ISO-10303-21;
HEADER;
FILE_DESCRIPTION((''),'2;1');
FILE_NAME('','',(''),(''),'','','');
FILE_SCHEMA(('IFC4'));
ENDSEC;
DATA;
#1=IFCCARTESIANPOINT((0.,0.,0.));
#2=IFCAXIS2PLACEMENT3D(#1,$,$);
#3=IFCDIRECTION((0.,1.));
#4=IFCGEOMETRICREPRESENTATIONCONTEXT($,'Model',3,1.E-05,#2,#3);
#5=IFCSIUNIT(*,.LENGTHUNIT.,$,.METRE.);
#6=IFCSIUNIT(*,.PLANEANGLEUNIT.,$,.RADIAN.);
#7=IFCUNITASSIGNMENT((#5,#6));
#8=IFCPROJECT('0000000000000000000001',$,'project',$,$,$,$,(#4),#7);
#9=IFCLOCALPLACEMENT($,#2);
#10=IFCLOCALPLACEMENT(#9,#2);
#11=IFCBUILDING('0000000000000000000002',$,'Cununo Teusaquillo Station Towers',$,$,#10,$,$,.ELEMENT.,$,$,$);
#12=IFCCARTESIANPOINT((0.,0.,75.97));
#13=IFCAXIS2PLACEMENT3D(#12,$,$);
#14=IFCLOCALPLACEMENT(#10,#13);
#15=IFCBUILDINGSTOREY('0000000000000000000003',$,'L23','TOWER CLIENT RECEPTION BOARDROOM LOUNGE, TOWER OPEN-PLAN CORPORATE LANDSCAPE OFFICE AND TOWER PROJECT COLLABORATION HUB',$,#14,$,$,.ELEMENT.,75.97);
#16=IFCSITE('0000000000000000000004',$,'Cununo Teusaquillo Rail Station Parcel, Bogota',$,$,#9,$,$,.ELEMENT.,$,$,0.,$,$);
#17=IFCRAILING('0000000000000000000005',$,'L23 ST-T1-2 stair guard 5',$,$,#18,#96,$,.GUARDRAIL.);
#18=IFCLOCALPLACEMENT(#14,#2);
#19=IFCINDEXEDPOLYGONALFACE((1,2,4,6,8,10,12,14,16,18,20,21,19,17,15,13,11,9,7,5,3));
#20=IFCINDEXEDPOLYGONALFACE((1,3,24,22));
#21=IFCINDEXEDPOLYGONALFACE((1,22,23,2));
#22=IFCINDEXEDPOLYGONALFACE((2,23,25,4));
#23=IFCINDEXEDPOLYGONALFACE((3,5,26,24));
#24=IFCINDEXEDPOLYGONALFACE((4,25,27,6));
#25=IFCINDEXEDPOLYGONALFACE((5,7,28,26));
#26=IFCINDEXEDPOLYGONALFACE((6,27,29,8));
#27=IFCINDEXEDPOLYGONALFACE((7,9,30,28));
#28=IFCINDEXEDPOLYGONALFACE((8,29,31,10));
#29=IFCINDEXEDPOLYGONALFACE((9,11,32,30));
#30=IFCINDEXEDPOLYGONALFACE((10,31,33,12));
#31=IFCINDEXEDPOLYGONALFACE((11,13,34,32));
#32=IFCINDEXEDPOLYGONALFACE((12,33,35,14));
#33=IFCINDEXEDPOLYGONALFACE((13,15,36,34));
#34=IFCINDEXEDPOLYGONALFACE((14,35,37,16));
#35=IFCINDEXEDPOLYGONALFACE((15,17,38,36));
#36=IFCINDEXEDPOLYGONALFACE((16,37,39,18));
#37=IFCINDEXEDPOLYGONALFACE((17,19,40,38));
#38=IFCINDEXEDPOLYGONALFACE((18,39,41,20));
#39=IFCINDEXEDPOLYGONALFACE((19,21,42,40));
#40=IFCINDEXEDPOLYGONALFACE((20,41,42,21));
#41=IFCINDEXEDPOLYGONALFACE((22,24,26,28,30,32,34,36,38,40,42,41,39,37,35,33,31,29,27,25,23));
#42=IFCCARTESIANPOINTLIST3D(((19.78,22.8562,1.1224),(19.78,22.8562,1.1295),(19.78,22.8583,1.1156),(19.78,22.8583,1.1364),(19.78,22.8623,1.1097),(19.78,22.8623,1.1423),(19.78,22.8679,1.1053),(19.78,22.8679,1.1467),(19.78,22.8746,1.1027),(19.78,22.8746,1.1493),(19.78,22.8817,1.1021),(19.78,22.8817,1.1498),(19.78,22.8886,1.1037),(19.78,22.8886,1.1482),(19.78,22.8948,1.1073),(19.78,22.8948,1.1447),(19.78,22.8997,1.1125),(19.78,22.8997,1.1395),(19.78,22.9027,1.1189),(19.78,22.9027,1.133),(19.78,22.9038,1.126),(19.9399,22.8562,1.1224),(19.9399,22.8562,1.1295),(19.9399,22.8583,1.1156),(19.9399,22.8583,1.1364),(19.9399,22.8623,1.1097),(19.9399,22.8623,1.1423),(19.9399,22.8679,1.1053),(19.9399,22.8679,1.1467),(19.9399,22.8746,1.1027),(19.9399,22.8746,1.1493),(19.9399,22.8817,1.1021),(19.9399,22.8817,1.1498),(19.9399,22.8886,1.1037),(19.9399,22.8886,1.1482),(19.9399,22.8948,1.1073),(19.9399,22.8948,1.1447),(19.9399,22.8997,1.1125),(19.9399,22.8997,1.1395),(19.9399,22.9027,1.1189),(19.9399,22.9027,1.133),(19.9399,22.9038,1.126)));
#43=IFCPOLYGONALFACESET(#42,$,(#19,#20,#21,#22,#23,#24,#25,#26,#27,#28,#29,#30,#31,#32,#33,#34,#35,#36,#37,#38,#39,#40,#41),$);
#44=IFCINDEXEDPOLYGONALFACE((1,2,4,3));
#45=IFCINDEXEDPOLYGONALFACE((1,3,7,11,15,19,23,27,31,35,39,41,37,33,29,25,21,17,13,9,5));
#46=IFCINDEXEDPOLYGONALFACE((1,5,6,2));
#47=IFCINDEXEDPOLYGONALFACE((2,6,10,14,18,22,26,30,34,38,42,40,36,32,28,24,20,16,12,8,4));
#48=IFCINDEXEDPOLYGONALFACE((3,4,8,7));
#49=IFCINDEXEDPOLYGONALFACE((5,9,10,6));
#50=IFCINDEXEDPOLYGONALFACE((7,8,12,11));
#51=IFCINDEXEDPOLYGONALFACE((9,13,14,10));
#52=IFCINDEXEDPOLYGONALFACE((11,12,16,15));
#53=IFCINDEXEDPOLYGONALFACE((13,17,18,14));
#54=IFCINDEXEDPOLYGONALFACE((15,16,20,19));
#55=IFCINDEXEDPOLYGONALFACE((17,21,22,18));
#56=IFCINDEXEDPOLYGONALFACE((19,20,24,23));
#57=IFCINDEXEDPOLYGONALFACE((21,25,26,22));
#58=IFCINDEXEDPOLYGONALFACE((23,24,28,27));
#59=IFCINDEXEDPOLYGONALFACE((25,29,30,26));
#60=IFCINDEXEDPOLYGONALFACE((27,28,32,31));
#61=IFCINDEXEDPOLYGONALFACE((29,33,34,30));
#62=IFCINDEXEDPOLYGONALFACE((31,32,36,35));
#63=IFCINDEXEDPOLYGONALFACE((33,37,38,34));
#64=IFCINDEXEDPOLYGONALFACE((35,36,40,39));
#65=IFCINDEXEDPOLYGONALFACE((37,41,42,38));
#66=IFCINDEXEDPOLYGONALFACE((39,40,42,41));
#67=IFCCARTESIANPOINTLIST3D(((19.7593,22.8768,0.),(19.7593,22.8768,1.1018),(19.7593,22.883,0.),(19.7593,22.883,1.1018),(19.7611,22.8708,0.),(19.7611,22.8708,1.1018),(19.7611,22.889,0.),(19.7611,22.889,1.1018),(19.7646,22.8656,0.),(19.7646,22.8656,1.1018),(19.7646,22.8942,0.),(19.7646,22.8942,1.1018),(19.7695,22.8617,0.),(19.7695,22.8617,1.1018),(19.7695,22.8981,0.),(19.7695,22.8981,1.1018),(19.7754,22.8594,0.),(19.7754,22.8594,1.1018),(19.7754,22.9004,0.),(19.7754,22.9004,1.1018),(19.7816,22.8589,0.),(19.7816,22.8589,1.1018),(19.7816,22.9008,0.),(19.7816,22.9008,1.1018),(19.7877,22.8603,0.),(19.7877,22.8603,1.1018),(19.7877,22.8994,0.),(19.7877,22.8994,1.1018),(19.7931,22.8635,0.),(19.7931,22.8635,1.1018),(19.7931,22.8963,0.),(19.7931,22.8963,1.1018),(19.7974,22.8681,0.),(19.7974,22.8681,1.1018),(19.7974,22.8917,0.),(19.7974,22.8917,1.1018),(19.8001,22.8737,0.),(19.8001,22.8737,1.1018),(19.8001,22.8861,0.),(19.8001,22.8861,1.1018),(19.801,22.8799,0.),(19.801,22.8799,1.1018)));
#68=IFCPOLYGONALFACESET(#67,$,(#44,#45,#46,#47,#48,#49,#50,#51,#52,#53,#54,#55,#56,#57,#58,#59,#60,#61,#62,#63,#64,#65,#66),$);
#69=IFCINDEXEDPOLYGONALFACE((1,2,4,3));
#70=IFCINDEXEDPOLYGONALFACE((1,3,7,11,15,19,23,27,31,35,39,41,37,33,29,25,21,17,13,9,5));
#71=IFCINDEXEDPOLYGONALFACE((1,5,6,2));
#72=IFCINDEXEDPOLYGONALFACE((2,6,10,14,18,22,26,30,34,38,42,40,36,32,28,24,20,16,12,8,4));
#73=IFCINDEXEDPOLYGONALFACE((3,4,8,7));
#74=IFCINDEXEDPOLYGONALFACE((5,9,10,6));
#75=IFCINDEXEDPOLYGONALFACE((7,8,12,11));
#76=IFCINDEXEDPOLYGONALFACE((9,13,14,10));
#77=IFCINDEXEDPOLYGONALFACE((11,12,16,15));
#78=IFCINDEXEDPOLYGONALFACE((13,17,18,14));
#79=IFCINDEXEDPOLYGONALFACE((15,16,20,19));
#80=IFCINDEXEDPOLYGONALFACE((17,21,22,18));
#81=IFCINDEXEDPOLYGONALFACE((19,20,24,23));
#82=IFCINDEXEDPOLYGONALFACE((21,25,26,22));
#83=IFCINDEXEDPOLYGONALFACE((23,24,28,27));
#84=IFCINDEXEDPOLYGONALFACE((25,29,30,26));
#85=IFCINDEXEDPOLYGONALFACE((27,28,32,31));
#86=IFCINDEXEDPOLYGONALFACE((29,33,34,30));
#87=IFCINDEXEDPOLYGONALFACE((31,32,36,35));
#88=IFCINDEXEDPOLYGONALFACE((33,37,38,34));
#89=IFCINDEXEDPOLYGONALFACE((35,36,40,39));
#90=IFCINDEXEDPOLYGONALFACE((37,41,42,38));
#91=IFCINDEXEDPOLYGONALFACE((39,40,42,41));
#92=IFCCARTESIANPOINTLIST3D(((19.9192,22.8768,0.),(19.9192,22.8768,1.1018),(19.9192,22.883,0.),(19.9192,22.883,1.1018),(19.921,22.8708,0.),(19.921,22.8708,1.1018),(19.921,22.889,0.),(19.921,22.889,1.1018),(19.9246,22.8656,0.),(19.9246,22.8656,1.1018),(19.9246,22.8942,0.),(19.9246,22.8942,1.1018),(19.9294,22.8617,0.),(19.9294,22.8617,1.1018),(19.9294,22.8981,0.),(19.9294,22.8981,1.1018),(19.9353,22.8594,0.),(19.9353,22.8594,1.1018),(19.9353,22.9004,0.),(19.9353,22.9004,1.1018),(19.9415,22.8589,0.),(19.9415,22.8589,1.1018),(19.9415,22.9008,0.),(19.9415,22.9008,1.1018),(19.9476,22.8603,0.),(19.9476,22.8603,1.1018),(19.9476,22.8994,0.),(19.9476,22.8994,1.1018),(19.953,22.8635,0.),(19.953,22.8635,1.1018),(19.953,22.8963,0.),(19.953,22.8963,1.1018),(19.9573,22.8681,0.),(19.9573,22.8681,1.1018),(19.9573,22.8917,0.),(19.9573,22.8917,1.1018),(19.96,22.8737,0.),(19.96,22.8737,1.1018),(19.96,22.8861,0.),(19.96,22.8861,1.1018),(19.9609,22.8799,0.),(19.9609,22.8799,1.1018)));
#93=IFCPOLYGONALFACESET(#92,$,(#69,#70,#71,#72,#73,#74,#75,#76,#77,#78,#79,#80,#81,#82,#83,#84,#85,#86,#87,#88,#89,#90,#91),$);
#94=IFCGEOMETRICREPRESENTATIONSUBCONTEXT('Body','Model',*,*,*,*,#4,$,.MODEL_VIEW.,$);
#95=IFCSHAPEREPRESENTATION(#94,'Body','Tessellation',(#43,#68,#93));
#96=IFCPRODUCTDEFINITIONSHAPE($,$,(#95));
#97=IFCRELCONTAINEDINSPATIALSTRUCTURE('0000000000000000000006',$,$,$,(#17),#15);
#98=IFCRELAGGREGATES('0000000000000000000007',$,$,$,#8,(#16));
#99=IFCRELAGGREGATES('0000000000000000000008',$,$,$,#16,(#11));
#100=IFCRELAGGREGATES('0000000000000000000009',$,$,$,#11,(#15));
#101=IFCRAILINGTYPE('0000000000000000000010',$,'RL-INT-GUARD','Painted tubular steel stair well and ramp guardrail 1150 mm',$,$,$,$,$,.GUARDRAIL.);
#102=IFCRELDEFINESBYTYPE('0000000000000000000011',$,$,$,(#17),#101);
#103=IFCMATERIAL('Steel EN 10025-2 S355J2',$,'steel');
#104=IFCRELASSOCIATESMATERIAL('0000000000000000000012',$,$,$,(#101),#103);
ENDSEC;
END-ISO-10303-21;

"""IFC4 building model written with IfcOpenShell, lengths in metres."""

from ifc_helpers import new_model, si_unit, direction, frame, origin, origin_2d, place, context, subcontext, project, spatial, circle, extrude, material, type_object, element, save


model = new_model("IFC4")

# Units and contexts
model_context = context("Model", 3, precision=1e-05, world=origin(), true_north=direction((0.0, 1.0)))
body_context = subcontext(model_context, "Body", "Model", "MODEL_VIEW")
ifc_project = project(units=[si_unit("LENGTHUNIT", "METRE"), si_unit("PLANEANGLEUNIT", "RADIAN")], contexts=[model_context])

# Site, building, storey
site_placement = place(None, origin())
site = spatial("IfcSite", under=ifc_project, at=site_placement, Name="Cununo Teusaquillo Rail Station Parcel, Bogota", CompositionType="ELEMENT", RefElevation=0.0)
building_placement = place(site_placement, origin())
building = spatial("IfcBuilding", under=site, at=building_placement, Name="Cununo Teusaquillo Station Towers", CompositionType="ELEMENT")
storey_placement = place(building_placement, frame((0.0, 0.0, 75.97)))
storey = spatial("IfcBuildingStorey", under=building, at=storey_placement, Name="L23", Description="TOWER CLIENT RECEPTION BOARDROOM LOUNGE, TOWER OPEN-PLAN CORPORATE LANDSCAPE OFFICE AND TOWER PROJECT COLLABORATION HUB", CompositionType="ELEMENT", Elevation=75.97)

# Railing
ifc_material_1 = material(Name="Steel EN 10025-2 S355J2", Category="steel")
railing_type_1 = type_object("IfcRailingType", Name="RL-INT-GUARD", Description="Painted tubular steel stair well and ramp guardrail 1150 mm", PredefinedType="GUARDRAIL", material=ifc_material_1)
railing_1_placement = place(storey_placement, frame((19.78, 22.8799, 0.0)))
element("IfcRailing", 1, at=railing_1_placement, inside=storey, type_object=railing_type_1, Name="L23 ST-T1-2 stair guard 5", PredefinedType="GUARDRAIL", context=body_context, shape_type="SweptSolid", body=[
    extrude(circle(Radius=0.0239, at=origin_2d()), frame((0.0, 0.0, 1.126), z_axis=(1.0, 0.0, 0.0), x_axis=(0.0, 1.0, 0.0)), (0.0, 0.0, 1.0), 0.1599),
    extrude(circle(Radius=0.021, at=origin_2d()), origin(), (0.0, 0.0, 1.0), 1.1018),
    extrude(circle(Radius=0.021, at=origin_2d()), frame((0.1599, 0.0, 0.0)), (0.0, 0.0, 1.0), 1.1018),
])

save(model, "model.ifc")
